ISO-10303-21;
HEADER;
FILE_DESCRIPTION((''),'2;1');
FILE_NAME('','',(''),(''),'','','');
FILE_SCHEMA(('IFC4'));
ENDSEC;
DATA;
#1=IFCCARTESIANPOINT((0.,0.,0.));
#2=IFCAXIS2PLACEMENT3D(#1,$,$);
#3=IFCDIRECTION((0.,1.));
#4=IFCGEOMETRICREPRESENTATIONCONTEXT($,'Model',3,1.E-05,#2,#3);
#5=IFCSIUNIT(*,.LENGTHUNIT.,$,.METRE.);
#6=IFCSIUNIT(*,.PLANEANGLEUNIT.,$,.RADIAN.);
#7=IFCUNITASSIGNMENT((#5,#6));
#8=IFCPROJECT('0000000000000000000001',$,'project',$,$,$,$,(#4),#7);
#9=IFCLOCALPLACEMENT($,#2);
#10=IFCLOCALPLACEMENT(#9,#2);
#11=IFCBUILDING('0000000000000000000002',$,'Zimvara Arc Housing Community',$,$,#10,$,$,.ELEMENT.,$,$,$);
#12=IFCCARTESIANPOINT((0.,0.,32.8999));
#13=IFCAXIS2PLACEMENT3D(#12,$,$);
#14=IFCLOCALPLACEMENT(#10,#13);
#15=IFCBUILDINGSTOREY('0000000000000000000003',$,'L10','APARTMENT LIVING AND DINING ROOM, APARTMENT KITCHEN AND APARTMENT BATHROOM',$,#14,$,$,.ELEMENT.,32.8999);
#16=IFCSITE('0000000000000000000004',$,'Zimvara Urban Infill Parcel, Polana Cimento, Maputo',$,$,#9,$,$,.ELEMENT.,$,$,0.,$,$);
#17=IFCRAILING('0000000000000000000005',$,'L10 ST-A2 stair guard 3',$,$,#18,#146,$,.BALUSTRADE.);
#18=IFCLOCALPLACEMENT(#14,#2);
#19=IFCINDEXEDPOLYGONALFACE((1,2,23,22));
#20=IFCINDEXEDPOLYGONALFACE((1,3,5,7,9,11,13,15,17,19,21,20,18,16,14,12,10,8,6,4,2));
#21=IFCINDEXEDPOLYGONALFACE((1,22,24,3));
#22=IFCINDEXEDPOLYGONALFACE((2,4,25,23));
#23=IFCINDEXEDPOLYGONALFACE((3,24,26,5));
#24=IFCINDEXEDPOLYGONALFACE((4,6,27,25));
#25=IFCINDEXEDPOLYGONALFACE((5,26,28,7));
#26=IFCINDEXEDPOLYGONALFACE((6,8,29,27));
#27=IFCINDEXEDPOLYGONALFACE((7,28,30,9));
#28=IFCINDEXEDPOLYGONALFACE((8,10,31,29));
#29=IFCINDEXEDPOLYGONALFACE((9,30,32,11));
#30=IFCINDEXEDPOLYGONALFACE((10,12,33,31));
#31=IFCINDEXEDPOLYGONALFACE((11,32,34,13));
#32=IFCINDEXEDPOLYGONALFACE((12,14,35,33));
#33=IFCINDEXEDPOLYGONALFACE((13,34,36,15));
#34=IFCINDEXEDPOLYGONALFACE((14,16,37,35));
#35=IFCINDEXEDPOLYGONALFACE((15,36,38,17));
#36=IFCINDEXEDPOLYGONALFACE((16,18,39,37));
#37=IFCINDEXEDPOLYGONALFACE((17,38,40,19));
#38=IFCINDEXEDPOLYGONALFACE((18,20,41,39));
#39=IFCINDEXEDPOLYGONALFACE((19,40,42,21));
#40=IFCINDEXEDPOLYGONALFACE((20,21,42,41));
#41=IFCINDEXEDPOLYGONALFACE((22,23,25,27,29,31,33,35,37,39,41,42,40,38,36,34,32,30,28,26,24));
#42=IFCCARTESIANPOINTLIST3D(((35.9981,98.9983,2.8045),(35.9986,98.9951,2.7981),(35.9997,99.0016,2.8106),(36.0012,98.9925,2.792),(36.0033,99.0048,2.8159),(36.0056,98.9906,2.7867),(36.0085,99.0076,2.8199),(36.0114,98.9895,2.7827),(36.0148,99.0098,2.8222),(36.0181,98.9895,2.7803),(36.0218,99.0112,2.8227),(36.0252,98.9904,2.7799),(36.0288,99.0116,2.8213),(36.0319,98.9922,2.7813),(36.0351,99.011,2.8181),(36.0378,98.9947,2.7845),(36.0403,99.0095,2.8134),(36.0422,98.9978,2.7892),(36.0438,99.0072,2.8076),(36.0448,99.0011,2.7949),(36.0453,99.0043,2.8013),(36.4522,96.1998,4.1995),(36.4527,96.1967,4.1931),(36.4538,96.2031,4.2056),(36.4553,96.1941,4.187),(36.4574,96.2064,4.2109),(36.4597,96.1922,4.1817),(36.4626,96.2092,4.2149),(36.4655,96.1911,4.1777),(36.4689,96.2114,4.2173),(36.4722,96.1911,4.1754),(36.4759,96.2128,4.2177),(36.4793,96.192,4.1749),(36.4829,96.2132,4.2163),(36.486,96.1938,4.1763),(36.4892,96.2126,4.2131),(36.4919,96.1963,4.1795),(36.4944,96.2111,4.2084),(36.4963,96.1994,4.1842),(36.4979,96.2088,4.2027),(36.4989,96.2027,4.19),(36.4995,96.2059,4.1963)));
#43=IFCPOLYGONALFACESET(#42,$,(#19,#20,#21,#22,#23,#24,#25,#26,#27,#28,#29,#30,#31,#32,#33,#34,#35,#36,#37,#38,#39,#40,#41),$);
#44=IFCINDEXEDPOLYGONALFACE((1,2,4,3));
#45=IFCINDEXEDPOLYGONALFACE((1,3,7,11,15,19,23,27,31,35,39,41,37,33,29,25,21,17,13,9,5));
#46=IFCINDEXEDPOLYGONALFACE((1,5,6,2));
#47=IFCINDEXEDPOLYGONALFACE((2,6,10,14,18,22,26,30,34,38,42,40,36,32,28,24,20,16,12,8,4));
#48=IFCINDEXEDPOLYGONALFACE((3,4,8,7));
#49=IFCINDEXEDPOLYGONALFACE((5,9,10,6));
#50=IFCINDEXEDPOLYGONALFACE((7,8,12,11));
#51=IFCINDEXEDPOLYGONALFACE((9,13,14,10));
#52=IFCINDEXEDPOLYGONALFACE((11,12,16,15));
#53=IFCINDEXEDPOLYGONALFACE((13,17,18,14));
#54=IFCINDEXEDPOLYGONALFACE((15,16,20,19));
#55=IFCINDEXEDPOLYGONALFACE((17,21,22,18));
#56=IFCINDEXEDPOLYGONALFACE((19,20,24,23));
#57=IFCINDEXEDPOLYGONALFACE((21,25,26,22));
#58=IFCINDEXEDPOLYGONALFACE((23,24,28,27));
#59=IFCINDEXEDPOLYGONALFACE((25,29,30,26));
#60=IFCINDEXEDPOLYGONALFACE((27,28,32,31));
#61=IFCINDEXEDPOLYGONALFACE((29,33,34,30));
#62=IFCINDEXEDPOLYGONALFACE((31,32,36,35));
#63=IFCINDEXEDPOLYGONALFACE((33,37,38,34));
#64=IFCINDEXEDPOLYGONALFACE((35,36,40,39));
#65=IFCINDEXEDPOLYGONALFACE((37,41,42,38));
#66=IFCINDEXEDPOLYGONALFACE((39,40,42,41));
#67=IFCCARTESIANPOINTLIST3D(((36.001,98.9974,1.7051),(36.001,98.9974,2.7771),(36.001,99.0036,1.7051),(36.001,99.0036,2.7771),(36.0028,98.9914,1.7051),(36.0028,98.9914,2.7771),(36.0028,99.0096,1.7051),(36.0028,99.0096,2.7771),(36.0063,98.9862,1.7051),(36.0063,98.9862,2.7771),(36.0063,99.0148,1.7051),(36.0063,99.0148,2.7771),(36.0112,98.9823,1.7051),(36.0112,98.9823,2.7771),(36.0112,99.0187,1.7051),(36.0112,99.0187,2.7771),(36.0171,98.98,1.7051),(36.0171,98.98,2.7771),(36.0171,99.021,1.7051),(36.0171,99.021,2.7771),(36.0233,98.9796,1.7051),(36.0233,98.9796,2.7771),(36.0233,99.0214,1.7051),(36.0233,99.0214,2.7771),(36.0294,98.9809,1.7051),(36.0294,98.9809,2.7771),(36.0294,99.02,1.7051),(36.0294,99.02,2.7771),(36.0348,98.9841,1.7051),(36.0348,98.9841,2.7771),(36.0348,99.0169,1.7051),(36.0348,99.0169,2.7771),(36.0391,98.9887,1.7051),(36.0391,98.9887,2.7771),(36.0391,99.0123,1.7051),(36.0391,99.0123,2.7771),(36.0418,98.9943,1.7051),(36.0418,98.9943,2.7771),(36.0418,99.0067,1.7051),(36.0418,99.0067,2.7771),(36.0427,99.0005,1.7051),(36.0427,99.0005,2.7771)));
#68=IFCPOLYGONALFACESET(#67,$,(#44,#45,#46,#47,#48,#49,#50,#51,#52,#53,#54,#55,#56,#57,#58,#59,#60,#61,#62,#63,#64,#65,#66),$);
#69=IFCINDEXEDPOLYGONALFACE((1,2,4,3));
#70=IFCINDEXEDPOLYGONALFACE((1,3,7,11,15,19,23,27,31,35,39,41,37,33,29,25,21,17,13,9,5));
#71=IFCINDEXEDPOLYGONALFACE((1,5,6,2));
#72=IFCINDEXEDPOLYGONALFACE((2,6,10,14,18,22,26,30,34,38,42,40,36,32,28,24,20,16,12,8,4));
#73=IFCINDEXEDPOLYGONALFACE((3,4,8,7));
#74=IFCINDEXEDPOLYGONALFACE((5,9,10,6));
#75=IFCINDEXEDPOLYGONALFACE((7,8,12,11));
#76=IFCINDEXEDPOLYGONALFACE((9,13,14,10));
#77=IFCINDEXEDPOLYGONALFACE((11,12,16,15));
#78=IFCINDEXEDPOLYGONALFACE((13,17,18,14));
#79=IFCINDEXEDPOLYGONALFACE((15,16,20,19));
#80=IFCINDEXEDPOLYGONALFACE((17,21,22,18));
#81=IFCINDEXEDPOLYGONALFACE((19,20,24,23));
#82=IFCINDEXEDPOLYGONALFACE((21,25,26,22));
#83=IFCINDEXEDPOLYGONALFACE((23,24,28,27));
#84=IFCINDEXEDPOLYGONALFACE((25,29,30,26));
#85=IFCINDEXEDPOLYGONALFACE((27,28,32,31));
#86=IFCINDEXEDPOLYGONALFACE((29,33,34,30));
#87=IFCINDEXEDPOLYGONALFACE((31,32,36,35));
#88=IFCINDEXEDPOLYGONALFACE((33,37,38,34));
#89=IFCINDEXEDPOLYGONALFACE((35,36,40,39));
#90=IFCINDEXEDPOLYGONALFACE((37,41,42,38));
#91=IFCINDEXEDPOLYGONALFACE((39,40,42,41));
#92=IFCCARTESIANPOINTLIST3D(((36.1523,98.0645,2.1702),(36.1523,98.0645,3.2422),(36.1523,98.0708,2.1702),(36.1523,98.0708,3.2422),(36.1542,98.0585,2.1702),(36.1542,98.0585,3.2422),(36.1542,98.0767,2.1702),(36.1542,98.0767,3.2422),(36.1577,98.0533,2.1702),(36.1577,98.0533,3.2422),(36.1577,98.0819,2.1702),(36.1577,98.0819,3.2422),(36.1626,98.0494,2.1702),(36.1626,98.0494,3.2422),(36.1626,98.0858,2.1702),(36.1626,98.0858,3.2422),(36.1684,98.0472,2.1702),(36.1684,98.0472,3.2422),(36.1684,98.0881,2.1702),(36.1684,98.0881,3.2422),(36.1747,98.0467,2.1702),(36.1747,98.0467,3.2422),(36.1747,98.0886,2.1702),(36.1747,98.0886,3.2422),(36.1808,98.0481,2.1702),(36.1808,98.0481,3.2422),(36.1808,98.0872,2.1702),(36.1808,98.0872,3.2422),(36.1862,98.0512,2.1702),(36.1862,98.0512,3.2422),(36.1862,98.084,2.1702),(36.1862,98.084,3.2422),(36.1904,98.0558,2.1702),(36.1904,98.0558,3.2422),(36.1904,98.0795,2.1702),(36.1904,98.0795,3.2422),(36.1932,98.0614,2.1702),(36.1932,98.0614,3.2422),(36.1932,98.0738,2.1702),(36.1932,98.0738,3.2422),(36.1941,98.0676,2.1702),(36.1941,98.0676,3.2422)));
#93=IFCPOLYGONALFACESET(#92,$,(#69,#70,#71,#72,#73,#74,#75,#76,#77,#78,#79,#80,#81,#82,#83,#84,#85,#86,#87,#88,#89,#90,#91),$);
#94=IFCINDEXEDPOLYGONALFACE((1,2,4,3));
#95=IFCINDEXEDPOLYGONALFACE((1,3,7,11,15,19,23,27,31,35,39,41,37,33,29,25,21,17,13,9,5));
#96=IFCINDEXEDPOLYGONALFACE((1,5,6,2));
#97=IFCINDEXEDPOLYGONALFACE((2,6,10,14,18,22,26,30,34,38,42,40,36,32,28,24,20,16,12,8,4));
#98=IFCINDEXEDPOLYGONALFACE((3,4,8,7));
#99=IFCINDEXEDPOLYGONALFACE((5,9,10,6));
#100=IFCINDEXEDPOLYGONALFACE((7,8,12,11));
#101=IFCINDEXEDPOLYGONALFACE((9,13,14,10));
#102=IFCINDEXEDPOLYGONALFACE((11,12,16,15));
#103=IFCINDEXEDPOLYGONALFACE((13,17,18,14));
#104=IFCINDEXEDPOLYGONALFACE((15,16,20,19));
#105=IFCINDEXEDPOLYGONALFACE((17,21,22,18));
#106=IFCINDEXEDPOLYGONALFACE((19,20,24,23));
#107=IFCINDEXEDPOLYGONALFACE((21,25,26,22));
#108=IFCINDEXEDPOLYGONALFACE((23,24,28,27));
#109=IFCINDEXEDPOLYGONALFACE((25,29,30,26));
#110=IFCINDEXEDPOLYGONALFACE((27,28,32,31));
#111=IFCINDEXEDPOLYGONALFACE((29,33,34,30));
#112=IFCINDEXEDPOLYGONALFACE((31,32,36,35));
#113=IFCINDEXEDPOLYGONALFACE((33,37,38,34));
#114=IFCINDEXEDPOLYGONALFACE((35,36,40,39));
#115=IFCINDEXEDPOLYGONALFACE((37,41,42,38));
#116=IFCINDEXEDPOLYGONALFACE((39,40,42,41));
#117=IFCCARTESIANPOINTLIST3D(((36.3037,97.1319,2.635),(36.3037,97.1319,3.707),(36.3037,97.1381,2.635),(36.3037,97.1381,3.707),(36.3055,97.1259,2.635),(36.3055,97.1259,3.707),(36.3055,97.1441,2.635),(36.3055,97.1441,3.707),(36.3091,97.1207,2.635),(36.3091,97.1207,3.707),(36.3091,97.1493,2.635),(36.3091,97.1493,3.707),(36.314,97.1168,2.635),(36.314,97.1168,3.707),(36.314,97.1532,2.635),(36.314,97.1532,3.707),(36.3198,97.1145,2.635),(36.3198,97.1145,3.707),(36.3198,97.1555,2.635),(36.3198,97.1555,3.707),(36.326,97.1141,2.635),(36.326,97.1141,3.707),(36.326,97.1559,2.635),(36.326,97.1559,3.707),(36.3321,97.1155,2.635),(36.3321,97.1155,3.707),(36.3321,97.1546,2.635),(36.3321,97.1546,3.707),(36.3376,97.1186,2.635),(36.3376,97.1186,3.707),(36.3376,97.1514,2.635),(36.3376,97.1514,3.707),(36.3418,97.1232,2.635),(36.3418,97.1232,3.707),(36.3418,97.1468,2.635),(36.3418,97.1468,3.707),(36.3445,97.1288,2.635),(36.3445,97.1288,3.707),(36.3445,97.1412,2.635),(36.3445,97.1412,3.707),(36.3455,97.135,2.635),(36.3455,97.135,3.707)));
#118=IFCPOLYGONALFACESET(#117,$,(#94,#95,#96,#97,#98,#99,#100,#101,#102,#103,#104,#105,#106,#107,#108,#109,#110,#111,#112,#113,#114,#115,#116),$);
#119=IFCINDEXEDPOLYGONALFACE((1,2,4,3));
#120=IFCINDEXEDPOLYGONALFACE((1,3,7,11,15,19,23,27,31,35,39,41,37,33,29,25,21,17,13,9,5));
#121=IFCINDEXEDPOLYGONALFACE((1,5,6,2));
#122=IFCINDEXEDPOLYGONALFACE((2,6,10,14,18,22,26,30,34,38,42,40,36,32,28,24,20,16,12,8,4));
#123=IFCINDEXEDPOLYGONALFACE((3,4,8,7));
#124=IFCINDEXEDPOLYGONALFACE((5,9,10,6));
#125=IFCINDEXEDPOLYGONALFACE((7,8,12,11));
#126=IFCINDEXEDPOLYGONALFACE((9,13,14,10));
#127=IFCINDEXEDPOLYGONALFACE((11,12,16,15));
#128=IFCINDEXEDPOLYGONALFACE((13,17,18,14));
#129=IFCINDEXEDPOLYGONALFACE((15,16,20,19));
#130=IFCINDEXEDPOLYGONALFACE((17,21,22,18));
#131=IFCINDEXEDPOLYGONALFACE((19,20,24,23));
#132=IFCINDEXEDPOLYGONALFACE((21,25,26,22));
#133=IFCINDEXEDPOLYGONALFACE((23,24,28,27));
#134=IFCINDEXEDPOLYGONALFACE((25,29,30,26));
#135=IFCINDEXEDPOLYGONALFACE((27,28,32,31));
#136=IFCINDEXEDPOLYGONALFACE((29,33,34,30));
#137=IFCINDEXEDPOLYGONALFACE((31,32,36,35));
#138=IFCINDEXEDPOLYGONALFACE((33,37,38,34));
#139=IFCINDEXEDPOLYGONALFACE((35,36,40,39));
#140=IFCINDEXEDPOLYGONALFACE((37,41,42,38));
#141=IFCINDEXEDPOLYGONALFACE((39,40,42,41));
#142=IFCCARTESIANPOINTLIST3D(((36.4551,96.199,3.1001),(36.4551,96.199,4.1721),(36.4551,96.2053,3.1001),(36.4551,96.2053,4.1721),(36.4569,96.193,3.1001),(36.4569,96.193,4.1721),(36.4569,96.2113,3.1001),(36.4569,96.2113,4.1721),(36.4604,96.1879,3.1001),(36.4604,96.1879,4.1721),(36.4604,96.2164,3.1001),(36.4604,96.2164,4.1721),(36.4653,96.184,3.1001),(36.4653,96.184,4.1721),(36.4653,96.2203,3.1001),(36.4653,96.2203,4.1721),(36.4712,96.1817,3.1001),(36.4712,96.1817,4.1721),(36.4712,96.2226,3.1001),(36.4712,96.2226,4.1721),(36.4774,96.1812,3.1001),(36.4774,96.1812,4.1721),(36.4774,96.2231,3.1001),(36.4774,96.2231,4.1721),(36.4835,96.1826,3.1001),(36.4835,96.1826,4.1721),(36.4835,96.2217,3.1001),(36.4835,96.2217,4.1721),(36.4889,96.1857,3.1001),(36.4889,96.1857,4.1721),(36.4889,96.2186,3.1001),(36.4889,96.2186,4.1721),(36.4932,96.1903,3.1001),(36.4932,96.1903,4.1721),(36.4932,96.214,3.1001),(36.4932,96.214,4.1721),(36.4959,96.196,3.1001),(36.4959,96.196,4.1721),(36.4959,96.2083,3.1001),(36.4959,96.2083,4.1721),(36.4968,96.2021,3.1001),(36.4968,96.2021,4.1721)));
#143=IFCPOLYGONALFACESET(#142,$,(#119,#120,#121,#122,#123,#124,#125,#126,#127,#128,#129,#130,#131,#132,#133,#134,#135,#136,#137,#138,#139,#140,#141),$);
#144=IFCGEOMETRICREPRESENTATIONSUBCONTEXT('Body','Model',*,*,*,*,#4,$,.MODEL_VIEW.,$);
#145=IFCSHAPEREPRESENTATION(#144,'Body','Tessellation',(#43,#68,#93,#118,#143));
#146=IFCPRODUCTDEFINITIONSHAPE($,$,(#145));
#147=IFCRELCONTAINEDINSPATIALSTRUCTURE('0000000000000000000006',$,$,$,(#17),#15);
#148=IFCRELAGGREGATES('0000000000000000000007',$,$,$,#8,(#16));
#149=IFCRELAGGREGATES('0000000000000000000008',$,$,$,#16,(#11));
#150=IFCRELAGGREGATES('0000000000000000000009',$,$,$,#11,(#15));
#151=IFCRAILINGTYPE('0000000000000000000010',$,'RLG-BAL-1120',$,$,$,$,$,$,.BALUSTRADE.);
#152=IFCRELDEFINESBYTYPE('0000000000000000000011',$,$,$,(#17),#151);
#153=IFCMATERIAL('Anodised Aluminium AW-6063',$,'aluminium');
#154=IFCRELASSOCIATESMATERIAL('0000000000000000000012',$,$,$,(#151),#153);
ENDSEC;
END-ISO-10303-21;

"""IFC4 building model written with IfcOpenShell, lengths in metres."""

from ifc_helpers import new_model, si_unit, direction, frame, origin, origin_2d, place, context, subcontext, project, spatial, circle, extrude, material, type_object, element, save


model = new_model("IFC4")

# Units and contexts
model_context = context("Model", 3, precision=1e-05, world=origin(), true_north=direction((0.0, 1.0)))
body_context = subcontext(model_context, "Body", "Model", "MODEL_VIEW")
ifc_project = project(units=[si_unit("LENGTHUNIT", "METRE"), si_unit("PLANEANGLEUNIT", "RADIAN")], contexts=[model_context])

# Site, building, storey
site_placement = place(None, origin())
site = spatial("IfcSite", under=ifc_project, at=site_placement, Name="Zimvara Urban Infill Parcel, Polana Cimento, Maputo", CompositionType="ELEMENT", RefElevation=0.0)
building_placement = place(site_placement, origin())
building = spatial("IfcBuilding", under=site, at=building_placement, Name="Zimvara Arc Housing Community", CompositionType="ELEMENT")
storey_placement = place(building_placement, frame((0.0, 0.0, 32.8999)))
storey = spatial("IfcBuildingStorey", under=building, at=storey_placement, Name="L10", Description="APARTMENT LIVING AND DINING ROOM, APARTMENT KITCHEN AND APARTMENT BATHROOM", CompositionType="ELEMENT", Elevation=32.8999)

# Railing
ifc_material_1 = material(Name="Anodised Aluminium AW-6063", Category="aluminium")
railing_type_1 = type_object("IfcRailingType", Name="RLG-BAL-1120", PredefinedType="BALUSTRADE", material=ifc_material_1)
railing_1_placement = place(storey_placement, frame((36.0217, 99.0005, 1.7051)))
element("IfcRailing", 1, at=railing_1_placement, inside=storey, type_object=railing_type_1, Name="L10 ST-A2 stair guard 3", PredefinedType="BALUSTRADE", context=body_context, shape_type="SweptSolid", body=[
    extrude(circle(Radius=0.0239, at=origin_2d()), frame((0.0, 0.0, 1.0962), z_axis=(0.143722, -0.885666, 0.44152), x_axis=(0.987088, 0.16018, 0.0)), (0.0, 0.0, 1.0), 3.1597),
    extrude(circle(Radius=0.021, at=origin_2d()), origin(), (0.0, 0.0, 1.0), 1.072),
    extrude(circle(Radius=0.021, at=origin_2d()), frame((0.1514, -0.9329, 0.4651)), (0.0, 0.0, 1.0), 1.072),
    extrude(circle(Radius=0.021, at=origin_2d()), frame((0.3027, -1.8655, 0.9299)), (0.0, 0.0, 1.0), 1.072),
    extrude(circle(Radius=0.021, at=origin_2d()), frame((0.4541, -2.7983, 1.395)), (0.0, 0.0, 1.0), 1.072),
])

save(model, "model.ifc")
